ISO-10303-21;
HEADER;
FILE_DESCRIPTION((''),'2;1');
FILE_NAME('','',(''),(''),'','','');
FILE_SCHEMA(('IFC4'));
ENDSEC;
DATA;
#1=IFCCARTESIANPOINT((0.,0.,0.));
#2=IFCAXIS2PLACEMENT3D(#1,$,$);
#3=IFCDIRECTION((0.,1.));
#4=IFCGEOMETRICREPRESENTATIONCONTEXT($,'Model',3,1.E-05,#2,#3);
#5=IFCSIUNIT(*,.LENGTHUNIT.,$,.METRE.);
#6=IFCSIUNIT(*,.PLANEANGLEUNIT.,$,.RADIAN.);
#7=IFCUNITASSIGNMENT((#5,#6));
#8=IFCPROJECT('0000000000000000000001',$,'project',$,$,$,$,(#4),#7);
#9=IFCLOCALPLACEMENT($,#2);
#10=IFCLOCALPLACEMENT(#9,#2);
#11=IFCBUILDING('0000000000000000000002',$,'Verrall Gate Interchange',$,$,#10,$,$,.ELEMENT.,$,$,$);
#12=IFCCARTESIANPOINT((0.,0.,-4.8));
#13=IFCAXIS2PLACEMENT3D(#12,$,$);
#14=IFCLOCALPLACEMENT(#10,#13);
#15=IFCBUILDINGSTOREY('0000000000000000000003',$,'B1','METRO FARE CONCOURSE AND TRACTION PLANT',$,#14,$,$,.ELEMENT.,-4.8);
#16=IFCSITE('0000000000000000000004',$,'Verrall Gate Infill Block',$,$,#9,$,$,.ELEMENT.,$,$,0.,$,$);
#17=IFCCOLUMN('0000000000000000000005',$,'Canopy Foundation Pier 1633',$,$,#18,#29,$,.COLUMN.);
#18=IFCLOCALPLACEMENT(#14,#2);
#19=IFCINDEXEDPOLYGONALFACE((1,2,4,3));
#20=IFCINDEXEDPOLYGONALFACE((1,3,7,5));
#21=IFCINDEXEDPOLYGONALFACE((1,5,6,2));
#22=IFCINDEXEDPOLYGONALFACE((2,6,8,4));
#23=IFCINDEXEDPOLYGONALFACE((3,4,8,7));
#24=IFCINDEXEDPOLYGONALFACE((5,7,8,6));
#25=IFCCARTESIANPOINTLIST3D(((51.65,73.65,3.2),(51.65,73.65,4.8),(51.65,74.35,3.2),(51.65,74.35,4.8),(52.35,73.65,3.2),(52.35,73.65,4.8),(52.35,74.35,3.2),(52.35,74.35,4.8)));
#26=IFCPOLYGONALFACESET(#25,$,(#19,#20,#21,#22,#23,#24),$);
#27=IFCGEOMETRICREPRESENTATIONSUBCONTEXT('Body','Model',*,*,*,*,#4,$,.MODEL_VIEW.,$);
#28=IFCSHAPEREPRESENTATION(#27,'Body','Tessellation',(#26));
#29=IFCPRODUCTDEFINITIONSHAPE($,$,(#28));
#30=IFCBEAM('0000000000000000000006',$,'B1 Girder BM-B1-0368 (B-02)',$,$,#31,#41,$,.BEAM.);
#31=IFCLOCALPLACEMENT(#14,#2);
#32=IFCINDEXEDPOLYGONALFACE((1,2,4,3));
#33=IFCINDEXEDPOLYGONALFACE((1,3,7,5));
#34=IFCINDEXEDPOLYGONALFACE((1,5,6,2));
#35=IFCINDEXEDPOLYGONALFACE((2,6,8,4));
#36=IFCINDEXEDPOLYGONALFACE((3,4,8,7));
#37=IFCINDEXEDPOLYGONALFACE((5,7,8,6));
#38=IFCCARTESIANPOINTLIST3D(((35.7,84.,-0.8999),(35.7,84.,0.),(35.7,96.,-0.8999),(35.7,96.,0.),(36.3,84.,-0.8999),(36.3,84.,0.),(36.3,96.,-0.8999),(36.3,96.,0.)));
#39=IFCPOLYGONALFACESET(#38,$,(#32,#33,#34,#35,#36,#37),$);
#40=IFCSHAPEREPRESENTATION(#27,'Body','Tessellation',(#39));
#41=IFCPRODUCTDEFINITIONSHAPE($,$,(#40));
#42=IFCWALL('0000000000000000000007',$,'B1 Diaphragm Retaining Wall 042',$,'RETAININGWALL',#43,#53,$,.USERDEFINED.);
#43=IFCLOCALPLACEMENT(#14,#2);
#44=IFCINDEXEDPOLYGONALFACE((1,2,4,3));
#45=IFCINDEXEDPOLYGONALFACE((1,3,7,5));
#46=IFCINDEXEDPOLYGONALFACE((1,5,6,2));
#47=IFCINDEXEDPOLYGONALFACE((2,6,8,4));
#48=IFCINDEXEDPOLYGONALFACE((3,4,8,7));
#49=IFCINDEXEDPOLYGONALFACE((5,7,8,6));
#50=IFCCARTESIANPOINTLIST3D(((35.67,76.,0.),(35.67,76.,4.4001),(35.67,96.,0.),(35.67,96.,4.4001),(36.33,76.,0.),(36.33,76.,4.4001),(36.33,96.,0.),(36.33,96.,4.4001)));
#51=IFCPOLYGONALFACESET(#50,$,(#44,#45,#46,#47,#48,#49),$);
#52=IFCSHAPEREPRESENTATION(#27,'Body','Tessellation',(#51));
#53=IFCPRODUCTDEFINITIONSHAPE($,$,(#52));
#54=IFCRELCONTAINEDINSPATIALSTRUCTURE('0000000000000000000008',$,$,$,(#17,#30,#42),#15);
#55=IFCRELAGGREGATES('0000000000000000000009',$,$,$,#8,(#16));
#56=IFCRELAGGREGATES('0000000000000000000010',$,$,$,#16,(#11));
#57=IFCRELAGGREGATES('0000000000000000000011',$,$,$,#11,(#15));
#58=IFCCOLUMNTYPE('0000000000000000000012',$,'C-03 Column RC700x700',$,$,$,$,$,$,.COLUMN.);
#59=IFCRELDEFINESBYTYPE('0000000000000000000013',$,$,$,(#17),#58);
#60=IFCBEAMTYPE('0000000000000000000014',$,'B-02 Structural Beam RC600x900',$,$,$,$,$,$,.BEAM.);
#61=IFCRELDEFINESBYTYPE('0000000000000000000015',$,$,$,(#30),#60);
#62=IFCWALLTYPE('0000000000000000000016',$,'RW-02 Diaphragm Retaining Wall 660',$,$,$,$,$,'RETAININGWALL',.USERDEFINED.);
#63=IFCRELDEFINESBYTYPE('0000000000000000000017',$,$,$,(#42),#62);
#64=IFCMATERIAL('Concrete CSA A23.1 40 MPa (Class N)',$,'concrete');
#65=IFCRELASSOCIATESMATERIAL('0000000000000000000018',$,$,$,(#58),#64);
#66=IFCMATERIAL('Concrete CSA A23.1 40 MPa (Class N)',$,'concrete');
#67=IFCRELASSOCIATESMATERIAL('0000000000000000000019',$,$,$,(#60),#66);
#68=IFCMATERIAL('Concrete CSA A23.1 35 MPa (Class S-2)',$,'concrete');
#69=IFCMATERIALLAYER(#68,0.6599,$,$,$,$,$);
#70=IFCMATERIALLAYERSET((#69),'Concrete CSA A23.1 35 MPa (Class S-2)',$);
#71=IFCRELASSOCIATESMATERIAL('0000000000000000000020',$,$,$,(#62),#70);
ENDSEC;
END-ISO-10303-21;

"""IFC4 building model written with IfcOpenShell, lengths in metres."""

from ifc_helpers import new_model, si_unit, direction, frame, frame_2d, origin, origin_2d, place, context, subcontext, project, spatial, rectangle, extrude, material, layer, layer_set, material_profile, profile_set, type_object, element, save


model = new_model("IFC4")

# Units and contexts
model_context = context("Model", 3, precision=1e-05, world=origin(), true_north=direction((0.0, 1.0)))
body_context = subcontext(model_context, "Body", "Model", "MODEL_VIEW")
ifc_project = project(units=[si_unit("LENGTHUNIT", "METRE"), si_unit("PLANEANGLEUNIT", "RADIAN")], contexts=[model_context])

# Site, building, storey
site_placement = place(None, origin())
site = spatial("IfcSite", under=ifc_project, at=site_placement, Name="Verrall Gate Infill Block", CompositionType="ELEMENT", RefElevation=0.0)
building_placement = place(site_placement, origin())
building = spatial("IfcBuilding", under=site, at=building_placement, Name="Verrall Gate Interchange", CompositionType="ELEMENT")
storey_placement = place(building_placement, frame((0.0, 0.0, -4.8)))
storey = spatial("IfcBuildingStorey", under=building, at=storey_placement, Name="B1", Description="METRO FARE CONCOURSE AND TRACTION PLANT", CompositionType="ELEMENT", Elevation=-4.8)

# Column
ifc_material_1 = material(Name="Concrete CSA A23.1 40 MPa (Class N)", Category="concrete")
ifc_material_profile_1 = material_profile(ifc_material_1, rectangle(XDim=0.7, YDim=0.7, at=origin_2d()), Name="RC700x700")
ifc_profile_set_1 = profile_set([ifc_material_profile_1], Name="Concrete CSA A23.1 40 MPa (Class N)")
column_type_1 = type_object("IfcColumnType", Name="C-03 Column RC700x700", PredefinedType="COLUMN", material=ifc_profile_set_1)
column_1_placement = place(storey_placement, frame((52.0, 74.0, 3.2), z_axis=(0.0, 0.0, 1.0), x_axis=(1.0, 0.0, 0.0)))
element("IfcColumn", 1, at=column_1_placement, inside=storey, type_object=column_type_1, Name="Canopy Foundation Pier 1633", PredefinedType="COLUMN", context=body_context, shape_type="SweptSolid", body=[
    extrude(rectangle(XDim=0.7, YDim=0.7, at=origin_2d()), origin(), (0.0, 0.0, 1.0), 1.6001),
])

# Beam
ifc_material_2 = material(Name="Concrete CSA A23.1 40 MPa (Class N)", Category="concrete")
ifc_material_profile_2 = material_profile(ifc_material_2, rectangle(XDim=0.6001, YDim=0.8999, at=origin_2d()), Name="RC600x900")
ifc_profile_set_2 = profile_set([ifc_material_profile_2], Name="Concrete CSA A23.1 40 MPa (Class N)")
beam_type = type_object("IfcBeamType", Name="B-02 Structural Beam RC600x900", PredefinedType="BEAM", material=ifc_profile_set_2)
beam_placement = place(storey_placement, frame((36.0, 84.0, -0.45), z_axis=(0.0, 1.0, 0.0), x_axis=(-1.0, 0.0, 0.0)))
element("IfcBeam", 2, at=beam_placement, inside=storey, type_object=beam_type, Name="B1 Girder BM-B1-0368 (B-02)", PredefinedType="BEAM", context=body_context, shape_type="SweptSolid", body=[
    extrude(rectangle(XDim=0.6001, YDim=0.8999, at=origin_2d()), origin(), (0.0, 0.0, 1.0), 12.0),
])

# Wall
ifc_material_3 = material(Name="Concrete CSA A23.1 35 MPa (Class S-2)", Category="concrete")
ifc_layer = layer(ifc_material_3, 0.6599)
ifc_layer_set = layer_set([ifc_layer], Name="Concrete CSA A23.1 35 MPa (Class S-2)")
wall_type = type_object("IfcWallType", Name="RW-02 Diaphragm Retaining Wall 660", ElementType="RETAININGWALL", PredefinedType="USERDEFINED", material=ifc_layer_set)
wall_placement = place(storey_placement, frame((36.0, 76.0, 0.0), z_axis=(0.0, 0.0, 1.0), x_axis=(0.0, 1.0, 0.0)))
element("IfcWall", 3, at=wall_placement, inside=storey, type_object=wall_type, Name="B1 Diaphragm Retaining Wall 042", ObjectType="RETAININGWALL", PredefinedType="USERDEFINED", context=body_context, shape_type="SweptSolid", body=[
    extrude(rectangle(XDim=20.0, YDim=0.6599, at=frame_2d((10.0, 0.0))), origin(), (0.0, 0.0, 1.0), 4.4001),
])

save(model, "model.ifc")
